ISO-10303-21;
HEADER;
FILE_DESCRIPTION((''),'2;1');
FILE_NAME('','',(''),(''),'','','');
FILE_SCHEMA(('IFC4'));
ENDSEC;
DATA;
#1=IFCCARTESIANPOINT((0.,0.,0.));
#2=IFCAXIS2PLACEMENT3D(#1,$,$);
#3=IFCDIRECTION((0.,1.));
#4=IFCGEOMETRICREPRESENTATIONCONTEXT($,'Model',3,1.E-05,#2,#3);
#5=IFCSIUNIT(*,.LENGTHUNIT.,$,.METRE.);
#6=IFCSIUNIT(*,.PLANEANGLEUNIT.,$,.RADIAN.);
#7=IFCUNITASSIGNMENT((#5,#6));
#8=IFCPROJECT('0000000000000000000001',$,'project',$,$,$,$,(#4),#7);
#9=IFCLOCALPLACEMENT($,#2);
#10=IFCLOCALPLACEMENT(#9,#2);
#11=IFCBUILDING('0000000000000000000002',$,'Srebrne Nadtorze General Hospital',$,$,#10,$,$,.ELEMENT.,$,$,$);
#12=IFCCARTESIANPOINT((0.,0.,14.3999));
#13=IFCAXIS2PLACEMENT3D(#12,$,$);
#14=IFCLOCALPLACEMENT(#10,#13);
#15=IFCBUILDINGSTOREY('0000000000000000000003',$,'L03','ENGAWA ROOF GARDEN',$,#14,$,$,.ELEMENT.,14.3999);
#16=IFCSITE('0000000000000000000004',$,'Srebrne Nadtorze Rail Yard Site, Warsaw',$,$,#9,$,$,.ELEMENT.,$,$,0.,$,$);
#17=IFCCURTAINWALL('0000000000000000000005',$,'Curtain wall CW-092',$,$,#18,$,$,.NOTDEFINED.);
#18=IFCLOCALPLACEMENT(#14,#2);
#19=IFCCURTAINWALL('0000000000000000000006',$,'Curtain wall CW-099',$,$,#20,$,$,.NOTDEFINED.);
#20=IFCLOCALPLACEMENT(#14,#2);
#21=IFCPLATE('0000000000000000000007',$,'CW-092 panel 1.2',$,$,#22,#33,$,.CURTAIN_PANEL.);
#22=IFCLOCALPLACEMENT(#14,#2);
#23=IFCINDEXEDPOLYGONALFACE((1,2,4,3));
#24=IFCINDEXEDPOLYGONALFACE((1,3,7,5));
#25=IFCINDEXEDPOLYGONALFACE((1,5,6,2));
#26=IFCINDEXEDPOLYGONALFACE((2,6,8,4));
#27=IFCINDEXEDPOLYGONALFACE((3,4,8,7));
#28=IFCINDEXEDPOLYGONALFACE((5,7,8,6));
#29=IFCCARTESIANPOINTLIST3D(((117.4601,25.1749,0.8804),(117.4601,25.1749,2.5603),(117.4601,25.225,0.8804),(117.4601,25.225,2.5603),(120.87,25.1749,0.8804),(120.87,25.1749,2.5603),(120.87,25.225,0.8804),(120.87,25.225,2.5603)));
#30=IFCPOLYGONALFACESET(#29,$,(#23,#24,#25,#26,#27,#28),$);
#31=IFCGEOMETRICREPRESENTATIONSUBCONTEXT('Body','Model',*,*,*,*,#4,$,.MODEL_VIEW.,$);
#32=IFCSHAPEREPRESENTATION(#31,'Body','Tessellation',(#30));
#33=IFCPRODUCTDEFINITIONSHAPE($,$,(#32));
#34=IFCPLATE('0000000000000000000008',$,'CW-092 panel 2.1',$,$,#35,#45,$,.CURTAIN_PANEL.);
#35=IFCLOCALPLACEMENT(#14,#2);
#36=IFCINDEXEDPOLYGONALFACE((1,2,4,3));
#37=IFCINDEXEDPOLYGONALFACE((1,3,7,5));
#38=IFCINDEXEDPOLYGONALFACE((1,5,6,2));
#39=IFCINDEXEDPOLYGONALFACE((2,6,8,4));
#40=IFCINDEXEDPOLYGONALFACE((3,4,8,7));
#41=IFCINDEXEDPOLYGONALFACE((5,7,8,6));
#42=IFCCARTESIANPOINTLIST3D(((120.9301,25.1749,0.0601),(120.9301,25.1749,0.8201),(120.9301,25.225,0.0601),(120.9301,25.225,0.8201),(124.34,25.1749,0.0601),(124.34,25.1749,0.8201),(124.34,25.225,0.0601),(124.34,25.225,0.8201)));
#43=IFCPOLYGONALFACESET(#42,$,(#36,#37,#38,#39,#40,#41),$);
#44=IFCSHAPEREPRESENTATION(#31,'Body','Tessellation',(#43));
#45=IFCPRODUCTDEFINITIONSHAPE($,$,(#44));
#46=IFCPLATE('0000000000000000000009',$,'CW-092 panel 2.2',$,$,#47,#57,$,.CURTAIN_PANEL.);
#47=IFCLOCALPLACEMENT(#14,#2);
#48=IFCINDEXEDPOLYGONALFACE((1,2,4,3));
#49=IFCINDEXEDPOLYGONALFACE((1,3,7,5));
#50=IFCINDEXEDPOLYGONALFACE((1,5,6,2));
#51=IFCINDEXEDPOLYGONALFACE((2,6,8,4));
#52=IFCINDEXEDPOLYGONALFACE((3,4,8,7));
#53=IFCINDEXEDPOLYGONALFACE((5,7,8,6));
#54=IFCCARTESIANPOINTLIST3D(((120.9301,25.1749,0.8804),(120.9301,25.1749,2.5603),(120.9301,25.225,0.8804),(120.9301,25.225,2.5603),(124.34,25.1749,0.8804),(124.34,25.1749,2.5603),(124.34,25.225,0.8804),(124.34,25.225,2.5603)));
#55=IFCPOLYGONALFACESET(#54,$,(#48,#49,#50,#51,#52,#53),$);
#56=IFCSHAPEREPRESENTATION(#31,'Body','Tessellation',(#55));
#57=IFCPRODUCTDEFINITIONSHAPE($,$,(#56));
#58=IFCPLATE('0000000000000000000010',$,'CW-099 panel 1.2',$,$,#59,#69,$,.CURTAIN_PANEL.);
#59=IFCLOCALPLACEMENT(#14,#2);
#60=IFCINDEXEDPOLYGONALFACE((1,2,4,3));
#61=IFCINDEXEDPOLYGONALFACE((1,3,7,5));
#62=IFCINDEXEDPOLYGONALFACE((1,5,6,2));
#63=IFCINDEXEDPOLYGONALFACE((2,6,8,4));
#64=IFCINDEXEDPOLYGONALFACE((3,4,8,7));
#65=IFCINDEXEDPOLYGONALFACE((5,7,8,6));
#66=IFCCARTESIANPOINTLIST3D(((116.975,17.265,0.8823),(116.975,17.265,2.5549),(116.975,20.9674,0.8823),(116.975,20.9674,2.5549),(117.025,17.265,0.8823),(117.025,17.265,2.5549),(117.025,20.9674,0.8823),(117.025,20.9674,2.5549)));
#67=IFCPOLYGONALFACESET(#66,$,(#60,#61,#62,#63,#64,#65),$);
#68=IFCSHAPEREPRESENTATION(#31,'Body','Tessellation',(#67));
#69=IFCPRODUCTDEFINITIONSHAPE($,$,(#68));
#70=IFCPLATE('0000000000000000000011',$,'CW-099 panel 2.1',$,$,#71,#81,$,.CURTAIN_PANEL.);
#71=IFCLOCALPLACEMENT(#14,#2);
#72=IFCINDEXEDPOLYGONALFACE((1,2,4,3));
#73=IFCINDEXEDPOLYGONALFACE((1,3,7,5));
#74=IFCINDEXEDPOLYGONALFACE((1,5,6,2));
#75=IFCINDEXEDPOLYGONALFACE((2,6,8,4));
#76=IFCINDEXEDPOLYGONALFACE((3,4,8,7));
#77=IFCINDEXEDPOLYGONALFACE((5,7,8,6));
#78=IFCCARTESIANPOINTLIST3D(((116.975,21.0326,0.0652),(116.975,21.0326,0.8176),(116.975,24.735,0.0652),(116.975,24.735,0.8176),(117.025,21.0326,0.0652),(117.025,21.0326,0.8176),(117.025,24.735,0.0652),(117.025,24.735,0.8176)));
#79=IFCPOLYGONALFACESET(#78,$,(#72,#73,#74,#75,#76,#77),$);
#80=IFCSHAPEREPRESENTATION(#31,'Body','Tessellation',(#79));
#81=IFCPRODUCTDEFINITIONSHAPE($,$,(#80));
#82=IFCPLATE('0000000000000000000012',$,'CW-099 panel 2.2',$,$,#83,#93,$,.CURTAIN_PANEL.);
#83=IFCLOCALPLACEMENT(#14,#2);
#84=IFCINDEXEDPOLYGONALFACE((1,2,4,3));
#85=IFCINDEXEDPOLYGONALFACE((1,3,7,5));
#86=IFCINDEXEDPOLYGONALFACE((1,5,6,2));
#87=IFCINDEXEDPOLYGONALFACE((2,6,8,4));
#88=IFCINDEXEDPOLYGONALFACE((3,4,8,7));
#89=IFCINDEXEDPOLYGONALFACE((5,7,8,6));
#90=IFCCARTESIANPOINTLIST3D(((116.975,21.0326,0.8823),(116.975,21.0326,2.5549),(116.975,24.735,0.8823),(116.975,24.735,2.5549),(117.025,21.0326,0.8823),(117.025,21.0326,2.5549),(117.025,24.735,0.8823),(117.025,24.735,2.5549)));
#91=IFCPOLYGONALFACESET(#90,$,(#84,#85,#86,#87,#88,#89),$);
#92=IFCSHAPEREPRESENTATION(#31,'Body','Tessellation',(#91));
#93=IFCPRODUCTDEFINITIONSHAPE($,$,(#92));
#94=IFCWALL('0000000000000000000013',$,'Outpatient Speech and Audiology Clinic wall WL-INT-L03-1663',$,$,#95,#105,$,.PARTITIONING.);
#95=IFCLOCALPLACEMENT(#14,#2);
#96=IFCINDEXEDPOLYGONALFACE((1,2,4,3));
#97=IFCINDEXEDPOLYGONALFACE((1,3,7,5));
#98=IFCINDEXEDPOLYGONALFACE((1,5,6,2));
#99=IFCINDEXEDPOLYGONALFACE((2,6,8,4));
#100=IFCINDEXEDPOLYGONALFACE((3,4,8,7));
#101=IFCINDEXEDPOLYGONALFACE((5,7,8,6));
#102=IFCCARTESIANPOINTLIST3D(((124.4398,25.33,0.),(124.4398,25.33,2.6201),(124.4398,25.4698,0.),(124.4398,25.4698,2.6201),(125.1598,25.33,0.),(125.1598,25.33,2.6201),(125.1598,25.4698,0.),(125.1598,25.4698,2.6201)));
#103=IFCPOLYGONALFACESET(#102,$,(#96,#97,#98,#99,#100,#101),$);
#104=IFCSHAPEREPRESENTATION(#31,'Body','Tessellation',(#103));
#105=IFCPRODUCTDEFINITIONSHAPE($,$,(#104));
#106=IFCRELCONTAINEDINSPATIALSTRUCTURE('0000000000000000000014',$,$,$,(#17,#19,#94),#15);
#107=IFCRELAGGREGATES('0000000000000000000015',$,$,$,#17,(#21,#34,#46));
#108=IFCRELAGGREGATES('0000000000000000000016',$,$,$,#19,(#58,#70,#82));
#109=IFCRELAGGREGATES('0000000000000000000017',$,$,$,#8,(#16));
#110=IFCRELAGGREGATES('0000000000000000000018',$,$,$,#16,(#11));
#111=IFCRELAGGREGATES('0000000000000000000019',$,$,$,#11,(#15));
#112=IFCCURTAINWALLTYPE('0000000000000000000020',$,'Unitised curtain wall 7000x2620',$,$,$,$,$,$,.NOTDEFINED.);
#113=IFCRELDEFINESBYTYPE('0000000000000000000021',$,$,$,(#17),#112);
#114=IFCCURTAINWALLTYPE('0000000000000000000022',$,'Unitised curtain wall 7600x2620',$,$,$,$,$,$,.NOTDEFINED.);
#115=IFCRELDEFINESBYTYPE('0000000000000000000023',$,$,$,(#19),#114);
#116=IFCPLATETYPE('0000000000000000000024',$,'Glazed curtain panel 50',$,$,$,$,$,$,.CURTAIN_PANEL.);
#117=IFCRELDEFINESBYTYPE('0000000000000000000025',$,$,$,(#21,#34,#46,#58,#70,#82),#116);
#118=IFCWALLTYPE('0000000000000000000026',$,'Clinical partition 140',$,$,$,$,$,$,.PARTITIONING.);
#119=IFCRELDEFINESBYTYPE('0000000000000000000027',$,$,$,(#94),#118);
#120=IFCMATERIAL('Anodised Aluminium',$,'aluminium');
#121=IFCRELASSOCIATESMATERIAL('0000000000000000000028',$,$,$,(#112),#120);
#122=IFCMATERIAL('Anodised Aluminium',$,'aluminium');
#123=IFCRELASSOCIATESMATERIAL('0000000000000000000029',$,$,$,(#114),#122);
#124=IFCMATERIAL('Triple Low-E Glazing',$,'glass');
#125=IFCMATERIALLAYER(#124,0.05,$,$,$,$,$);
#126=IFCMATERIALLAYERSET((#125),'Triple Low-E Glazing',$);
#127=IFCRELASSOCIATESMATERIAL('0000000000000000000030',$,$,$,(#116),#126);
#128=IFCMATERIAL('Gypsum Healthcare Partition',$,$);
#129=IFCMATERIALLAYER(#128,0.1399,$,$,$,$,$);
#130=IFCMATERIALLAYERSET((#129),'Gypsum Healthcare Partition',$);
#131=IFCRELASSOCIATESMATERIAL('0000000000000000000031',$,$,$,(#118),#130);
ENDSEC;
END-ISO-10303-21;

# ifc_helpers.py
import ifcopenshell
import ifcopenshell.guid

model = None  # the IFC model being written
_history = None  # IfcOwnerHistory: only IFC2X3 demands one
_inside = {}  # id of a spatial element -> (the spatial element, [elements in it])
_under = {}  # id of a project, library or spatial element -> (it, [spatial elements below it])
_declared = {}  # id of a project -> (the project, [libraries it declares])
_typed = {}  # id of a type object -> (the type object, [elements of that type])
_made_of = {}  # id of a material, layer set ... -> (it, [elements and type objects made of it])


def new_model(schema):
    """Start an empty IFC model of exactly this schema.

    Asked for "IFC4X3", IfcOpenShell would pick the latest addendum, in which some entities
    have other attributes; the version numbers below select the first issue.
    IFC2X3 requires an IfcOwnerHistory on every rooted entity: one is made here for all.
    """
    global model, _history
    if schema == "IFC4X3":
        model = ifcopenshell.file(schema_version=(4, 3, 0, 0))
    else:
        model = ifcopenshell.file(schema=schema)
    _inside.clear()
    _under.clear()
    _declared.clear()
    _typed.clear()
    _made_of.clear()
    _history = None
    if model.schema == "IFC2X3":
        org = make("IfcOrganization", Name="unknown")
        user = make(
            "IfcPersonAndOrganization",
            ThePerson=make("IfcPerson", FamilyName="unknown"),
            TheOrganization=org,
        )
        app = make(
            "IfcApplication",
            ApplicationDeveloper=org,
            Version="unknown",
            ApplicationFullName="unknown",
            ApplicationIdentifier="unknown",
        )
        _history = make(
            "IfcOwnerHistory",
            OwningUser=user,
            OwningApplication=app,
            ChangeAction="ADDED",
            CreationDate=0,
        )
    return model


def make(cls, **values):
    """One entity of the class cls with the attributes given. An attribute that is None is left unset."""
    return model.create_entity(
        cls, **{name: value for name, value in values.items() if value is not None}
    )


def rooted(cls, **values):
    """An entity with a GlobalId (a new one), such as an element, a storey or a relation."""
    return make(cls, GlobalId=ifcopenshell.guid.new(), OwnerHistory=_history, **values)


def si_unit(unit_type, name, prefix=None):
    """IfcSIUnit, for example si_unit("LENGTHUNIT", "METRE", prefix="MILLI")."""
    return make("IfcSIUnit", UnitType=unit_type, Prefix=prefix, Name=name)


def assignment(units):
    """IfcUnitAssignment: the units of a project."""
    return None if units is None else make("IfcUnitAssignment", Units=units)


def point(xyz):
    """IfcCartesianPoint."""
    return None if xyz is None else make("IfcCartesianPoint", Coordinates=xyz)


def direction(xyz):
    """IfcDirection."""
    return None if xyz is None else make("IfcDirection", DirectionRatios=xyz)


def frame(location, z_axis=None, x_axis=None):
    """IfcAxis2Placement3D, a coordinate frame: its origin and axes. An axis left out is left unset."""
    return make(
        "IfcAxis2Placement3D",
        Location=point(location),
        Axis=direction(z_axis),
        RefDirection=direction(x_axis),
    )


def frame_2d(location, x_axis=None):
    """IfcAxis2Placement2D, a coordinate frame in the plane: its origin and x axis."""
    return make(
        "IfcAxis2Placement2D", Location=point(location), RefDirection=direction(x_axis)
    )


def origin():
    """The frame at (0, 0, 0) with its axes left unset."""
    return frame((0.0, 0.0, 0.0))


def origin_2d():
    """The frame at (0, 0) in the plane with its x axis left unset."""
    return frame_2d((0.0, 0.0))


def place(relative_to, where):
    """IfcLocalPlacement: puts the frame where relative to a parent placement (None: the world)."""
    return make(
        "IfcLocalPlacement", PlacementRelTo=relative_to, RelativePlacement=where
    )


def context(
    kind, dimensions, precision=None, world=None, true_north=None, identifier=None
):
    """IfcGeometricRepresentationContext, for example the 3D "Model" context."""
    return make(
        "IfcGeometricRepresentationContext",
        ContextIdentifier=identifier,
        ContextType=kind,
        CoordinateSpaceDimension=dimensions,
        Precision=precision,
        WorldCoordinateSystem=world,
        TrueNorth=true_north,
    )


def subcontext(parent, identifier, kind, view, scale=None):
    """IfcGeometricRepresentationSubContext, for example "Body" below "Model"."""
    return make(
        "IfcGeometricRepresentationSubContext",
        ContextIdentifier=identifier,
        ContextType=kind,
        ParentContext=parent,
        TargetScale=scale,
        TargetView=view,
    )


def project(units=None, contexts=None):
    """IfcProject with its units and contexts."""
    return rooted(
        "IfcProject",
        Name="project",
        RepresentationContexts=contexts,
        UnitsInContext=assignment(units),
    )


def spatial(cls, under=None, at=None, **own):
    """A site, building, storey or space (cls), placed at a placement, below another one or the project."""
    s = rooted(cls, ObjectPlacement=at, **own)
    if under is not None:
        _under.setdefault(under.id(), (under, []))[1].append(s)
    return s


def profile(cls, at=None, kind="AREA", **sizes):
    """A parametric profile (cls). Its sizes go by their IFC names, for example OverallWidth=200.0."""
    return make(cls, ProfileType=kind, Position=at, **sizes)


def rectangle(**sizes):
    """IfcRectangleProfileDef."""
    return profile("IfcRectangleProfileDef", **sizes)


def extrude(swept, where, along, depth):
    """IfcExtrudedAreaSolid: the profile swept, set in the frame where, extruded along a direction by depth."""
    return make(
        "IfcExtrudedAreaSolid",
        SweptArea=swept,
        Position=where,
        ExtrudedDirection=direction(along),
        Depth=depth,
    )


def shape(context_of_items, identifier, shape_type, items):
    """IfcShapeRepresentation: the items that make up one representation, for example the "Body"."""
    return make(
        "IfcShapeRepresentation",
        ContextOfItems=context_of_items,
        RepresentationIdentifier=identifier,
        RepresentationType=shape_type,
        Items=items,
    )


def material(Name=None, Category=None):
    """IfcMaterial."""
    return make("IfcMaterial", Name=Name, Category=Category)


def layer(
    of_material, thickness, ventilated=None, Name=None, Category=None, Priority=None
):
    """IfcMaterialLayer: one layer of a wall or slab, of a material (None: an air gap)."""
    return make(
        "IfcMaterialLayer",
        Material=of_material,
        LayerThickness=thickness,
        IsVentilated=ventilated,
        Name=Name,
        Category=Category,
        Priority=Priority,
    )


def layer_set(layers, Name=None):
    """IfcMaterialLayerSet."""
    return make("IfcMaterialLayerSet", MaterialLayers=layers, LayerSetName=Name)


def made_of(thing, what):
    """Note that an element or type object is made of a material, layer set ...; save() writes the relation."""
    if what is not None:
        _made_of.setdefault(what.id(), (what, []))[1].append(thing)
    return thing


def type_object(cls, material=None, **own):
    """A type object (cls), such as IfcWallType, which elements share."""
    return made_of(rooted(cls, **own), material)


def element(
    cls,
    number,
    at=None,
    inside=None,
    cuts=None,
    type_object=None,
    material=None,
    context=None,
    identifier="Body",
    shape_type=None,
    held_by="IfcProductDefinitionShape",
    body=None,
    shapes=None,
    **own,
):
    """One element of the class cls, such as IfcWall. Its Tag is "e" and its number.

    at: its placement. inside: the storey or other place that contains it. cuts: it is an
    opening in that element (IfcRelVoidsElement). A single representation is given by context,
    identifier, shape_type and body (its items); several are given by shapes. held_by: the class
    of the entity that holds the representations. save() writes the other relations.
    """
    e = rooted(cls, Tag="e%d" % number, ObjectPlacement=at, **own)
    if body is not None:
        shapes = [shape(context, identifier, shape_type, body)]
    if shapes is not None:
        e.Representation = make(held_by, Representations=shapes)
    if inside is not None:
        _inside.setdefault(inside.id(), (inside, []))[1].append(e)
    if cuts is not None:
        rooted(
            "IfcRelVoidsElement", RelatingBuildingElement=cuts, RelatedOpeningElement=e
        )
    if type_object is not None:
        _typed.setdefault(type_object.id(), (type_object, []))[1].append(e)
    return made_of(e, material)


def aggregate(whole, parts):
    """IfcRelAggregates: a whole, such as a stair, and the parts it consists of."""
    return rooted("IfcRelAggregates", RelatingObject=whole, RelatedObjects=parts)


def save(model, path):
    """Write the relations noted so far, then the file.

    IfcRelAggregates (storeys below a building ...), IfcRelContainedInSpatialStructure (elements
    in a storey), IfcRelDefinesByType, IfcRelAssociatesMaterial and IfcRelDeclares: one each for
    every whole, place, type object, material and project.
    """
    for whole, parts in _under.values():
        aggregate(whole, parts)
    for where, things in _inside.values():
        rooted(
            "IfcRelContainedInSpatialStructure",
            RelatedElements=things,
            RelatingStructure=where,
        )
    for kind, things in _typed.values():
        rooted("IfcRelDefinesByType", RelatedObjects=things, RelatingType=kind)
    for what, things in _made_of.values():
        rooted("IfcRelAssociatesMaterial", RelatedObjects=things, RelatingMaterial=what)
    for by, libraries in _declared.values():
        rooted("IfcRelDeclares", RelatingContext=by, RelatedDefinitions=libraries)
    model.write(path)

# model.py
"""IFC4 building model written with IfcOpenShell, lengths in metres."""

from ifc_helpers import new_model, si_unit, direction, frame, frame_2d, origin, origin_2d, place, context, subcontext, project, spatial, rectangle, extrude, material, layer, layer_set, type_object, element, aggregate, save


model = new_model("IFC4")

# Units and contexts
model_context = context("Model", 3, precision=1e-05, world=origin(), true_north=direction((0.0, 1.0)))
body_context = subcontext(model_context, "Body", "Model", "MODEL_VIEW")
ifc_project = project(units=[si_unit("LENGTHUNIT", "METRE"), si_unit("PLANEANGLEUNIT", "RADIAN")], contexts=[model_context])

# Site, building, storey
site_placement = place(None, origin())
site = spatial("IfcSite", under=ifc_project, at=site_placement, Name="Srebrne Nadtorze Rail Yard Site, Warsaw", CompositionType="ELEMENT", RefElevation=0.0)
building_placement = place(site_placement, origin())
building = spatial("IfcBuilding", under=site, at=building_placement, Name="Srebrne Nadtorze General Hospital", CompositionType="ELEMENT")
storey_placement = place(building_placement, frame((0.0, 0.0, 14.3999)))
storey = spatial("IfcBuildingStorey", under=building, at=storey_placement, Name="L03", Description="ENGAWA ROOF GARDEN", CompositionType="ELEMENT", Elevation=14.3999)

# Curtain wall
ifc_material_1 = material(Name="Anodised Aluminium", Category="aluminium")
curtain_wall_type_1 = type_object("IfcCurtainWallType", Name="Unitised curtain wall 7000x2620", PredefinedType="NOTDEFINED", material=ifc_material_1)
curtain_wall_1_placement = place(storey_placement, origin())
curtain_wall_1 = element("IfcCurtainWall", 1, at=curtain_wall_1_placement, inside=storey, type_object=curtain_wall_type_1, Name="Curtain wall CW-092", PredefinedType="NOTDEFINED")

# Curtain wall
ifc_material_2 = material(Name="Anodised Aluminium", Category="aluminium")
curtain_wall_type_2 = type_object("IfcCurtainWallType", Name="Unitised curtain wall 7600x2620", PredefinedType="NOTDEFINED", material=ifc_material_2)
curtain_wall_2_placement = place(storey_placement, origin())
curtain_wall_2 = element("IfcCurtainWall", 2, at=curtain_wall_2_placement, inside=storey, type_object=curtain_wall_type_2, Name="Curtain wall CW-099", PredefinedType="NOTDEFINED")

# Plates
ifc_material_3 = material(Name="Triple Low-E Glazing", Category="glass")
ifc_layer_1 = layer(ifc_material_3, 0.05)
ifc_layer_set_1 = layer_set([ifc_layer_1], Name="Triple Low-E Glazing")
plate_type = type_object("IfcPlateType", Name="Glazed curtain panel 50", PredefinedType="CURTAIN_PANEL", material=ifc_layer_set_1)
plate_1_placement = place(storey_placement, frame((119.165, 25.2, 0.8804), z_axis=(0.0, 0.0, 1.0), x_axis=(1.0, 0.0, 0.0)))
plate_1 = element("IfcPlate", 3, at=plate_1_placement, type_object=plate_type, Name="CW-092 panel 1.2", PredefinedType="CURTAIN_PANEL", context=body_context, shape_type="SweptSolid", body=[
    extrude(rectangle(XDim=3.4099, YDim=0.05, at=origin_2d()), origin(), (0.0, 0.0, 1.0), 1.6799),
])
plate_2_placement = place(storey_placement, frame((122.635, 25.2, 0.0601), z_axis=(0.0, 0.0, 1.0), x_axis=(1.0, 0.0, 0.0)))
plate_2 = element("IfcPlate", 4, at=plate_2_placement, type_object=plate_type, Name="CW-092 panel 2.1", PredefinedType="CURTAIN_PANEL", context=body_context, shape_type="SweptSolid", body=[
    extrude(rectangle(XDim=3.4099, YDim=0.05, at=origin_2d()), origin(), (0.0, 0.0, 1.0), 0.76),
])
plate_3_placement = place(storey_placement, frame((122.635, 25.2, 0.8804), z_axis=(0.0, 0.0, 1.0), x_axis=(1.0, 0.0, 0.0)))
plate_3 = element("IfcPlate", 5, at=plate_3_placement, type_object=plate_type, Name="CW-092 panel 2.2", PredefinedType="CURTAIN_PANEL", context=body_context, shape_type="SweptSolid", body=[
    extrude(rectangle(XDim=3.4099, YDim=0.05, at=origin_2d()), origin(), (0.0, 0.0, 1.0), 1.6799),
])
aggregate(curtain_wall_1, [plate_1, plate_2, plate_3])
plate_4_placement = place(storey_placement, frame((117.0, 19.1162, 0.8823), z_axis=(0.0, 0.0, 1.0), x_axis=(0.0, 1.0, 0.0)))
plate_4 = element("IfcPlate", 6, at=plate_4_placement, type_object=plate_type, Name="CW-099 panel 1.2", PredefinedType="CURTAIN_PANEL", context=body_context, shape_type="SweptSolid", body=[
    extrude(rectangle(XDim=3.7024, YDim=0.05, at=origin_2d()), origin(), (0.0, 0.0, 1.0), 1.6726),
])
plate_5_placement = place(storey_placement, frame((117.0, 22.8838, 0.0652), z_axis=(0.0, 0.0, 1.0), x_axis=(0.0, 1.0, 0.0)))
plate_5 = element("IfcPlate", 7, at=plate_5_placement, type_object=plate_type, Name="CW-099 panel 2.1", PredefinedType="CURTAIN_PANEL", context=body_context, shape_type="SweptSolid", body=[
    extrude(rectangle(XDim=3.7024, YDim=0.05, at=origin_2d()), origin(), (0.0, 0.0, 1.0), 0.7524),
])
plate_6_placement = place(storey_placement, frame((117.0, 22.8838, 0.8823), z_axis=(0.0, 0.0, 1.0), x_axis=(0.0, 1.0, 0.0)))
plate_6 = element("IfcPlate", 8, at=plate_6_placement, type_object=plate_type, Name="CW-099 panel 2.2", PredefinedType="CURTAIN_PANEL", context=body_context, shape_type="SweptSolid", body=[
    extrude(rectangle(XDim=3.7024, YDim=0.05, at=origin_2d()), origin(), (0.0, 0.0, 1.0), 1.6726),
])
aggregate(curtain_wall_2, [plate_4, plate_5, plate_6])

# Wall
ifc_material_4 = material(Name="Gypsum Healthcare Partition")
ifc_layer_2 = layer(ifc_material_4, 0.1399)
ifc_layer_set_2 = layer_set([ifc_layer_2], Name="Gypsum Healthcare Partition")
wall_type = type_object("IfcWallType", Name="Clinical partition 140", PredefinedType="PARTITIONING", material=ifc_layer_set_2)
wall_placement = place(storey_placement, frame((124.4399, 25.3999, 0.0), z_axis=(0.0, 0.0, 1.0), x_axis=(1.0, 0.0, 0.0)))
element("IfcWall", 9, at=wall_placement, inside=storey, type_object=wall_type, Name="Outpatient Speech and Audiology Clinic wall WL-INT-L03-1663", PredefinedType="PARTITIONING", context=body_context, shape_type="SweptSolid", body=[
    extrude(rectangle(XDim=0.72, YDim=0.1399, at=frame_2d((0.3599, 0.0))), origin(), (0.0, 0.0, 1.0), 2.6201),
])

save(model, "model.ifc")
